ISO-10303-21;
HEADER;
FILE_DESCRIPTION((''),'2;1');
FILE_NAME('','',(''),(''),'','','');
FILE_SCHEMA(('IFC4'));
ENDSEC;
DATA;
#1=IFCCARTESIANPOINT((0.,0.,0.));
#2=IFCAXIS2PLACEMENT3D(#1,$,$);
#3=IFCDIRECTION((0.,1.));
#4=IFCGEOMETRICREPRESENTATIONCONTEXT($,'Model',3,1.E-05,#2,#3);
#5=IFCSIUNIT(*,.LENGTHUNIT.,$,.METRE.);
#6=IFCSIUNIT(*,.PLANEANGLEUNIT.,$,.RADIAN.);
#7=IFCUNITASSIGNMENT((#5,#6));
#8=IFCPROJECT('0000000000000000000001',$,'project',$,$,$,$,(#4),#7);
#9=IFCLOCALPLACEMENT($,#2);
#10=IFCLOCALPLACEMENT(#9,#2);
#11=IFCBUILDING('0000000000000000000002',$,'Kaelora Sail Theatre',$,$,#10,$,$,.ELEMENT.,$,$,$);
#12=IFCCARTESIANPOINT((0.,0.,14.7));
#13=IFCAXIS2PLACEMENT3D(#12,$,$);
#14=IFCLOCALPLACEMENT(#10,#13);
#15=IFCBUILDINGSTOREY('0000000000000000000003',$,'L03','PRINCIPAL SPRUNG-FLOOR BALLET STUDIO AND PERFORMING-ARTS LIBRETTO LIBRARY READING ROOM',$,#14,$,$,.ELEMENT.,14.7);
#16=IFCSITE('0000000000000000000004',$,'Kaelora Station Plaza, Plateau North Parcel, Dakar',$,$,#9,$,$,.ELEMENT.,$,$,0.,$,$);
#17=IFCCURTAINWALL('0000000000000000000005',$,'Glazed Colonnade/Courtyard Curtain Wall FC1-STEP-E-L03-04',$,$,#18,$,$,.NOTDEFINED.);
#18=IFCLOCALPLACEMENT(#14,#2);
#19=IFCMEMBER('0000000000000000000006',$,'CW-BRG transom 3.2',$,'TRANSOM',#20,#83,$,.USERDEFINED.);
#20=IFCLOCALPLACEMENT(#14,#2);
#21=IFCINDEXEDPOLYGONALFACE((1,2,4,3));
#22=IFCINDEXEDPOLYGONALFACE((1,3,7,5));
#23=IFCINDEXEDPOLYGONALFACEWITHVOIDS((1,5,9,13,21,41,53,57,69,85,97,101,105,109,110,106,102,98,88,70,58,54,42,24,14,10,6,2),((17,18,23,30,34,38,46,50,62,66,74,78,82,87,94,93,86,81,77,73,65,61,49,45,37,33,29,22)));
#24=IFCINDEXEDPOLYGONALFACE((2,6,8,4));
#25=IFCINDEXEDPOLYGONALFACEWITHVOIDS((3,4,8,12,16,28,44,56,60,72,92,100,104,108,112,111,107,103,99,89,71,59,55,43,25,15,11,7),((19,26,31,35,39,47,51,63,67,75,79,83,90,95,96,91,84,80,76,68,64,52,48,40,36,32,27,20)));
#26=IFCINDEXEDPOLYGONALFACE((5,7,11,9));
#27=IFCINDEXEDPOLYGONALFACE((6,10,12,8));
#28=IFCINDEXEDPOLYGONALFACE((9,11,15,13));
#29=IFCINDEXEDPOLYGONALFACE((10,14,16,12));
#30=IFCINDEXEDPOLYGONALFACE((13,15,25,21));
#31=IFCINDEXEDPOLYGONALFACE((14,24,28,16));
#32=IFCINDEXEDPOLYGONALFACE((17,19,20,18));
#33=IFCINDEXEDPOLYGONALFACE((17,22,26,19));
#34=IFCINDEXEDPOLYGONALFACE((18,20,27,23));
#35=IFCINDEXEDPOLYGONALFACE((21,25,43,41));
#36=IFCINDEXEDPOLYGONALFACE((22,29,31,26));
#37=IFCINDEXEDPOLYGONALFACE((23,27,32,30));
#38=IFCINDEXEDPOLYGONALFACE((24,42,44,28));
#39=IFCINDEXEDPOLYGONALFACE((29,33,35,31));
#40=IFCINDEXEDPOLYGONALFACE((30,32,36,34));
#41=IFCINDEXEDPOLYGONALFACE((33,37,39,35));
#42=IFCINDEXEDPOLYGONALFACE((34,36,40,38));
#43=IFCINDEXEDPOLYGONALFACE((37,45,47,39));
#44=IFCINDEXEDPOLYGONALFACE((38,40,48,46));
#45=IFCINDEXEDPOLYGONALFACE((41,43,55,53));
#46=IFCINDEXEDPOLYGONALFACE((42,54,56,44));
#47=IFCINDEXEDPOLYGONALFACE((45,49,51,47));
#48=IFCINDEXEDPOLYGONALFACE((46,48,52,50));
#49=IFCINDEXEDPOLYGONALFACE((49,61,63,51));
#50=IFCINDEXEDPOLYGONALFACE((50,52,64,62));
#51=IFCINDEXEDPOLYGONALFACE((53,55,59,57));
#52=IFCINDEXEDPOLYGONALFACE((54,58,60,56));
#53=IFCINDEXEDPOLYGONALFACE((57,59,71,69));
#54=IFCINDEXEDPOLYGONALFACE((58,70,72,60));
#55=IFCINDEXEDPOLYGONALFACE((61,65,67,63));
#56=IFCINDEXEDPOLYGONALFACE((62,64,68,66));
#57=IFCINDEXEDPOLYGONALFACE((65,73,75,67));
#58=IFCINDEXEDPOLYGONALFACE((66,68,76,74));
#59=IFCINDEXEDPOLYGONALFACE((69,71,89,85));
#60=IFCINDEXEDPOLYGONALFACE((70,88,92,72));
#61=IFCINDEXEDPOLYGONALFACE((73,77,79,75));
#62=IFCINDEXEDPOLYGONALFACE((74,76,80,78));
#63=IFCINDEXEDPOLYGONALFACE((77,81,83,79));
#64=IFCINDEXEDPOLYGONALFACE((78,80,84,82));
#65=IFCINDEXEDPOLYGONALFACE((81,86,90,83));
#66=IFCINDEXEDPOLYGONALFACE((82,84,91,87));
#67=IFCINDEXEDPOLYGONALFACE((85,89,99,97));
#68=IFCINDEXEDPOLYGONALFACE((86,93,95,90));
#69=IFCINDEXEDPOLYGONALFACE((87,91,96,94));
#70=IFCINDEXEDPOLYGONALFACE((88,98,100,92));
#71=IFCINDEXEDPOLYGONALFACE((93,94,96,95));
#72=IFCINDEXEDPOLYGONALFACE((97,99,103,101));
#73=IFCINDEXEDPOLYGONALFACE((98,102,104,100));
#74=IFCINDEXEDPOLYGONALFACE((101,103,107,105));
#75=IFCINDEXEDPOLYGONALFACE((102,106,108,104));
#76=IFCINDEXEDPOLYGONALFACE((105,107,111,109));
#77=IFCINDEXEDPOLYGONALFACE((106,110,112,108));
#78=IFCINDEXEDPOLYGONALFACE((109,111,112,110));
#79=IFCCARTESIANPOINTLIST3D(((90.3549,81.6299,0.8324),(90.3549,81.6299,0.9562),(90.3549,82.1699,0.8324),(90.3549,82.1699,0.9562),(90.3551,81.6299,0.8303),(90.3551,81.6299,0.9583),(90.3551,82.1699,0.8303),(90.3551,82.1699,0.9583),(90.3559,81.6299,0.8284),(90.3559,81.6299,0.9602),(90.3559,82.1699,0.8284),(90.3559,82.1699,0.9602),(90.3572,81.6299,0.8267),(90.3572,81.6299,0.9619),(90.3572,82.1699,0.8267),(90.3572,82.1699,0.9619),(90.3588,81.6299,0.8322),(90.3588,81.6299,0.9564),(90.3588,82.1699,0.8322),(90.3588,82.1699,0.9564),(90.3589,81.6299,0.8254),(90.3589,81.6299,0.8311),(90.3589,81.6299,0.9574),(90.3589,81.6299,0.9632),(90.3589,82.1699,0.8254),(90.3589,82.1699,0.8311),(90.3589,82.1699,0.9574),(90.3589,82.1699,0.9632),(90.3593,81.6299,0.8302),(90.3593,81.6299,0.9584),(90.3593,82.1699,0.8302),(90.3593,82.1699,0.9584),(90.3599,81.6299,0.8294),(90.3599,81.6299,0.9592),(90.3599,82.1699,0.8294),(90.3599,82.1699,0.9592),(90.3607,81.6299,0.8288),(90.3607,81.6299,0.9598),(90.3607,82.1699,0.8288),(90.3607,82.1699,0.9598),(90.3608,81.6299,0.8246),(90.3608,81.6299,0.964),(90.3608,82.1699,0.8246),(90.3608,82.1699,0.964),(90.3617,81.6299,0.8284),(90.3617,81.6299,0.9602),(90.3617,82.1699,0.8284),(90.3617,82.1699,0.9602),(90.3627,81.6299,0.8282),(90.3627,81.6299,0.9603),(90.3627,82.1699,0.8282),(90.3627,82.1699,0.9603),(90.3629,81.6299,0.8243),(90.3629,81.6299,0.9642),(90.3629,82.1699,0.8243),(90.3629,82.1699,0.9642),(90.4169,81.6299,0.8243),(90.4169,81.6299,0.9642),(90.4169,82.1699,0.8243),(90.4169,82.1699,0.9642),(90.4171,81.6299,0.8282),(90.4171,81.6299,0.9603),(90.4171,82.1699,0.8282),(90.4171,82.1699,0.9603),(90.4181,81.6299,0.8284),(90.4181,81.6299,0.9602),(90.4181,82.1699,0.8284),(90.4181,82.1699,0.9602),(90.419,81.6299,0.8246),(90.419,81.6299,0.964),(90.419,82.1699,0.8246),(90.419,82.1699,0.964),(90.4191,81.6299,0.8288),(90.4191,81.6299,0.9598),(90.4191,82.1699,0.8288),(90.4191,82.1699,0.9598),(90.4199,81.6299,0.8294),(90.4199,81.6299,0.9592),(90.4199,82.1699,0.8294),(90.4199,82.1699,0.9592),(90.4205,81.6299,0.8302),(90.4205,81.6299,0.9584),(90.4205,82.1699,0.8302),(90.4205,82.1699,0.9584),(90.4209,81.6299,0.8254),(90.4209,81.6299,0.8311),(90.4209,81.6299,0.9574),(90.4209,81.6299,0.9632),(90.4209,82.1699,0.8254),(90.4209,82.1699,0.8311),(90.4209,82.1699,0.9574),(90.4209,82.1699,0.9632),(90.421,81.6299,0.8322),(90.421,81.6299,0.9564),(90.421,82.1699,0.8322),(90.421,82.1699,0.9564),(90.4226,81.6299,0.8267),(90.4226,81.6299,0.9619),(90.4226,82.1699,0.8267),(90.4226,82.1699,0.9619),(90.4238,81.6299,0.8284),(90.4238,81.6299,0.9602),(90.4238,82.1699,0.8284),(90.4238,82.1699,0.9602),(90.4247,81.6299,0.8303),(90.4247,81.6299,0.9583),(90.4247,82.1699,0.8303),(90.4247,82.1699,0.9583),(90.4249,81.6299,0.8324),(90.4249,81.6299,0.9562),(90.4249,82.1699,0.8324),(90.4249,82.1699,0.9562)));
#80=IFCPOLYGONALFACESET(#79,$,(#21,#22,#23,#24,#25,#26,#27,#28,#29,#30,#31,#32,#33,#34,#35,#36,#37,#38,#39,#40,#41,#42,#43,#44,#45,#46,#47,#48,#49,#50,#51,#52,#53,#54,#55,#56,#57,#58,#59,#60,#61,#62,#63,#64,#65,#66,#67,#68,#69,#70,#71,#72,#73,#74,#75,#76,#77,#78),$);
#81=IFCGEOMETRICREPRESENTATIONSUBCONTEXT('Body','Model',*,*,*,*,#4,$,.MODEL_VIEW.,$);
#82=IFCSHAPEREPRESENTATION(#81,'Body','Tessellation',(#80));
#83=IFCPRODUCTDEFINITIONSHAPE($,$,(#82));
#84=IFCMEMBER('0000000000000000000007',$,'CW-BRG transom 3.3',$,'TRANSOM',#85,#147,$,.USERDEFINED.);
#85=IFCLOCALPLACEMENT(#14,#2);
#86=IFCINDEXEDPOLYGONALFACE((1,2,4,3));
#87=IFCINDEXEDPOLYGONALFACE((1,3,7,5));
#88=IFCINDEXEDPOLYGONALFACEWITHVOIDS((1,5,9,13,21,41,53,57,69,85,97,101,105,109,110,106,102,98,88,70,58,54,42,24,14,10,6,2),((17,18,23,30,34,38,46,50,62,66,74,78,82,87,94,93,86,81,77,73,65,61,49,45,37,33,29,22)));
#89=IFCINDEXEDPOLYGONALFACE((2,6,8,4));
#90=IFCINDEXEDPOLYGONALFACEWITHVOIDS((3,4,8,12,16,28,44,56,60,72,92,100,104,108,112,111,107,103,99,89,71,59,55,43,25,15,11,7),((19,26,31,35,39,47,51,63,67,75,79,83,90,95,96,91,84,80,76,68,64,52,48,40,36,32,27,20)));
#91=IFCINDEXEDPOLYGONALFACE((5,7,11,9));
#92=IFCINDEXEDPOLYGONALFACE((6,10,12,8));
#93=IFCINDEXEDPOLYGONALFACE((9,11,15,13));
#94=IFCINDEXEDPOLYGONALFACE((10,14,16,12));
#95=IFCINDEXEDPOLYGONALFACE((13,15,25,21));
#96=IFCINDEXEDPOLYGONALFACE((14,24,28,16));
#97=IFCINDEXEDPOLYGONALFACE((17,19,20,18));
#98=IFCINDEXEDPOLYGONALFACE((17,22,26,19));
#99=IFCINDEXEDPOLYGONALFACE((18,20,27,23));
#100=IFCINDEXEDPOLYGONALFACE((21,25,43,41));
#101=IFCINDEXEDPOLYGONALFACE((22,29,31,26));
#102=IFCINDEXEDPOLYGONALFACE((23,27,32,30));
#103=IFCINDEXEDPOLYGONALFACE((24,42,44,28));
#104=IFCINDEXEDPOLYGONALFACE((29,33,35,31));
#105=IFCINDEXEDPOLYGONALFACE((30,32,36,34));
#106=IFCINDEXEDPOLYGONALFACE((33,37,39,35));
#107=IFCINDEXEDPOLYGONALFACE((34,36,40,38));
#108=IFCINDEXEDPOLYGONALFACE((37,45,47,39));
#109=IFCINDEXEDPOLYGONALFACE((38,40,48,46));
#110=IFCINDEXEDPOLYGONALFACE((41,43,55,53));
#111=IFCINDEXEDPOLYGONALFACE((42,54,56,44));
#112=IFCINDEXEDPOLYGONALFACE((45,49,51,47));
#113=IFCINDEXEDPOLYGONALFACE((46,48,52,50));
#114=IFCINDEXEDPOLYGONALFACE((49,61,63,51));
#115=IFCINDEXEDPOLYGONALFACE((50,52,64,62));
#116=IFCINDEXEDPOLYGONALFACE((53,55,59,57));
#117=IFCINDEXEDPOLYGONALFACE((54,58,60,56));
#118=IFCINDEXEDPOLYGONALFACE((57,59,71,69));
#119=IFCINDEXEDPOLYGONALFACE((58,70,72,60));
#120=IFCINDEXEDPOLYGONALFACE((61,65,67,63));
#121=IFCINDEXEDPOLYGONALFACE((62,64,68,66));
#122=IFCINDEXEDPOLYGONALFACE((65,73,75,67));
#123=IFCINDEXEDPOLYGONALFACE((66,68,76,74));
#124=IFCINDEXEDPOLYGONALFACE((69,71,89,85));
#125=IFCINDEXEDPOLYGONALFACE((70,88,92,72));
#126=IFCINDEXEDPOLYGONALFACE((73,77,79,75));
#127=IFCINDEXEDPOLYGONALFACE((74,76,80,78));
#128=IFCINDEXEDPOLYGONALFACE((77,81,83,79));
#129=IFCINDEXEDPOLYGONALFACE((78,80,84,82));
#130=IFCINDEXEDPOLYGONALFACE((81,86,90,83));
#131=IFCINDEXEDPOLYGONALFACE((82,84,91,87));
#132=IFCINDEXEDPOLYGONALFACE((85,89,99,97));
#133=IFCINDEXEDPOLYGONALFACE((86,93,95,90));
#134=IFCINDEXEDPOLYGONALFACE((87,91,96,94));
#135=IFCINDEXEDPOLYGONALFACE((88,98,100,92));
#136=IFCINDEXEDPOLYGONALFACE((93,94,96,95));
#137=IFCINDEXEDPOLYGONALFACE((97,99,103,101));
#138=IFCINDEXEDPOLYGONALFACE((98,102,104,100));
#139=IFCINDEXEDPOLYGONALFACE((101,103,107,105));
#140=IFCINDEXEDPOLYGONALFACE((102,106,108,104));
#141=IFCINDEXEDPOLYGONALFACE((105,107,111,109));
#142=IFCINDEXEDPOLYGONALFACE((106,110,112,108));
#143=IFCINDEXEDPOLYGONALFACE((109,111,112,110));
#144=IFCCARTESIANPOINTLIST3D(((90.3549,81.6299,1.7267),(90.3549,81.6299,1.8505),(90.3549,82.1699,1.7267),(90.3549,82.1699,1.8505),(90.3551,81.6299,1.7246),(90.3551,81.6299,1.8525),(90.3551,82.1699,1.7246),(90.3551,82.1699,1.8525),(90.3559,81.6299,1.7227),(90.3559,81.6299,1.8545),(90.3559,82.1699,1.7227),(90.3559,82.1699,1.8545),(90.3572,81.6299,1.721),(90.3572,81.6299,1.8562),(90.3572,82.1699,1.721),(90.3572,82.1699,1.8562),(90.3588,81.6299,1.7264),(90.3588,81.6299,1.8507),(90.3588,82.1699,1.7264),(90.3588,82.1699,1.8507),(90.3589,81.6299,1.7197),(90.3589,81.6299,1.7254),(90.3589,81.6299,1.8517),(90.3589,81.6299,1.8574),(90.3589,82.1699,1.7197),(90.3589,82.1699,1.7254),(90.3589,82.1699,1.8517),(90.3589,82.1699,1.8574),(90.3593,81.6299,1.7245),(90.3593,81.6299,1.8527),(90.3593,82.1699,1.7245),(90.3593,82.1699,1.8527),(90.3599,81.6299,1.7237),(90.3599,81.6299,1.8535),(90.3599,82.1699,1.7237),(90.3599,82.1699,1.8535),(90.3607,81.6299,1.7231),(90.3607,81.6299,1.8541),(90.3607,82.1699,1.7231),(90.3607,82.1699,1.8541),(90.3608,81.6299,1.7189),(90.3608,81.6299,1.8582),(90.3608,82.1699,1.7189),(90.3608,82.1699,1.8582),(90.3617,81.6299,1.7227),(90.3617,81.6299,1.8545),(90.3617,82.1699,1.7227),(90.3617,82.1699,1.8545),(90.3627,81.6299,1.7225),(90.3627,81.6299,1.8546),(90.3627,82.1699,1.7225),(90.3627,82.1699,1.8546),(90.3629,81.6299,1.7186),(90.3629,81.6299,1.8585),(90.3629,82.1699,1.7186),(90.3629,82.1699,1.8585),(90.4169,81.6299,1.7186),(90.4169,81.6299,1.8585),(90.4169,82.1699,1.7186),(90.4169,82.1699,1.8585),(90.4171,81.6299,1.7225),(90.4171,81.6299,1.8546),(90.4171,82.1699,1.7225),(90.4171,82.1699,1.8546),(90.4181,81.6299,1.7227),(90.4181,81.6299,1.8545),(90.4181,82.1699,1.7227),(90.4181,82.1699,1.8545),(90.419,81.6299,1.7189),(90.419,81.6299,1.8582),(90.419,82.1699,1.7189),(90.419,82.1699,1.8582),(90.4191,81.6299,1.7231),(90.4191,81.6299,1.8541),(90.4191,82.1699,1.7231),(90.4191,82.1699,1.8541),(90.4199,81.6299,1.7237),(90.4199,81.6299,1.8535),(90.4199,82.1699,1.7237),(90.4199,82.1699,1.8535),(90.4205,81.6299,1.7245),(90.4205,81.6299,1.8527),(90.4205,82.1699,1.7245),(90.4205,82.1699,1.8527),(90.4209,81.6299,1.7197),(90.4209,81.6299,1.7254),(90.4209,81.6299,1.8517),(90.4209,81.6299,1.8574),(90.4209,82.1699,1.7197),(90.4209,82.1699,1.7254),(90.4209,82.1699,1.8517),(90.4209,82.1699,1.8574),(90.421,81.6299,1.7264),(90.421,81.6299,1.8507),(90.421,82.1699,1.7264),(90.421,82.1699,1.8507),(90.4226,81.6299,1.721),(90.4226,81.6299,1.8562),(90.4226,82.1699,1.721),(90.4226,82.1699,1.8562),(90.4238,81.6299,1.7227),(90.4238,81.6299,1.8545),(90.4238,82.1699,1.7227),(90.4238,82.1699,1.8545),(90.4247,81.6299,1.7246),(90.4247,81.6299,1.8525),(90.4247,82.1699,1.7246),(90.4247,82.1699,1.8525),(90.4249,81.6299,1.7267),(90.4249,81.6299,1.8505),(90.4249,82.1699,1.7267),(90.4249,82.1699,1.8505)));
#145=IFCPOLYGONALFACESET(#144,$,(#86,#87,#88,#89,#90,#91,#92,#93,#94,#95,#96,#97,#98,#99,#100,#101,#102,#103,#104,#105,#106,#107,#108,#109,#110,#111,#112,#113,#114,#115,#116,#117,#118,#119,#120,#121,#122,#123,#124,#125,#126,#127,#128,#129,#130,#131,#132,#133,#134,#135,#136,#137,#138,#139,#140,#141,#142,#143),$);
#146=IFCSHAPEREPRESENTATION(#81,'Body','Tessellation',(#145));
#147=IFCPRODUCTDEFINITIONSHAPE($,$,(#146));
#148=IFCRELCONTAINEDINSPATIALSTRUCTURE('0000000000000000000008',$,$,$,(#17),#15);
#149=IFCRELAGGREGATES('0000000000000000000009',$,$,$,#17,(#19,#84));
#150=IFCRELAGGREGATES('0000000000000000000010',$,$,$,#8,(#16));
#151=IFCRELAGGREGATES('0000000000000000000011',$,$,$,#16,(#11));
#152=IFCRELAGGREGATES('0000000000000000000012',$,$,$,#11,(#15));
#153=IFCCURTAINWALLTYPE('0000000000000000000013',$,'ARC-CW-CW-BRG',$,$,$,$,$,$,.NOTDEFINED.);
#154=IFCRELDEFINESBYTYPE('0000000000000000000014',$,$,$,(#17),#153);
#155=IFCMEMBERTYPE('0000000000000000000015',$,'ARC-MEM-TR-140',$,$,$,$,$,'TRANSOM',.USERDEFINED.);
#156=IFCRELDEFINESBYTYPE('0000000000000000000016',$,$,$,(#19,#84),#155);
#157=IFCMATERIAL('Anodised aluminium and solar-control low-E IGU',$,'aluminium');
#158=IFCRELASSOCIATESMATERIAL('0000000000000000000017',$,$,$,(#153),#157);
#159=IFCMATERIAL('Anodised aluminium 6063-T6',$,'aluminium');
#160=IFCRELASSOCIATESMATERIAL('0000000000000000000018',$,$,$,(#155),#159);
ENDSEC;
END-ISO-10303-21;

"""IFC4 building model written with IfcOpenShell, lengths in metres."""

from ifc_helpers import new_model, si_unit, direction, frame, origin, origin_2d, place, context, subcontext, project, spatial, hollow_rectangle, extrude, material, material_profile, profile_set, type_object, element, aggregate, save


model = new_model("IFC4")

# Units and contexts
model_context = context("Model", 3, precision=1e-05, world=origin(), true_north=direction((0.0, 1.0)))
body_context = subcontext(model_context, "Body", "Model", "MODEL_VIEW")
ifc_project = project(units=[si_unit("LENGTHUNIT", "METRE"), si_unit("PLANEANGLEUNIT", "RADIAN")], contexts=[model_context])

# Site, building, storey
site_placement = place(None, origin())
site = spatial("IfcSite", under=ifc_project, at=site_placement, Name="Kaelora Station Plaza, Plateau North Parcel, Dakar", CompositionType="ELEMENT", RefElevation=0.0)
building_placement = place(site_placement, origin())
building = spatial("IfcBuilding", under=site, at=building_placement, Name="Kaelora Sail Theatre", CompositionType="ELEMENT")
storey_placement = place(building_placement, frame((0.0, 0.0, 14.7)))
storey = spatial("IfcBuildingStorey", under=building, at=storey_placement, Name="L03", Description="PRINCIPAL SPRUNG-FLOOR BALLET STUDIO AND PERFORMING-ARTS LIBRETTO LIBRARY READING ROOM", CompositionType="ELEMENT", Elevation=14.7)

# Curtain wall, members
ifc_material_1 = material(Name="Anodised aluminium and solar-control low-E IGU", Category="aluminium")
curtain_wall_type = type_object("IfcCurtainWallType", Name="ARC-CW-CW-BRG", PredefinedType="NOTDEFINED", material=ifc_material_1)
curtain_wall_placement = place(storey_placement, origin())
curtain_wall = element("IfcCurtainWall", 1, at=curtain_wall_placement, inside=storey, type_object=curtain_wall_type, Name="Glazed Colonnade/Courtyard Curtain Wall FC1-STEP-E-L03-04", PredefinedType="NOTDEFINED")
ifc_material_2 = material(Name="Anodised aluminium 6063-T6", Category="aluminium")
ifc_material_profile_1 = material_profile(ifc_material_2, hollow_rectangle(XDim=0.0701, YDim=0.1399, WallThickness=0.0039, InnerFilletRadius=0.0039, OuterFilletRadius=0.0081, at=origin_2d()), Name="ALU-TRAN 70x140x4")
ifc_profile_set_1 = profile_set([ifc_material_profile_1], Name="Anodised aluminium 6063-T6")
member_type_1 = type_object("IfcMemberType", Name="ARC-MEM-TR-140", ElementType="TRANSOM", PredefinedType="USERDEFINED", material=ifc_profile_set_1)
member_1_placement = place(storey_placement, frame((90.3899, 81.6299, 0.8943), z_axis=(0.0, 1.0, 0.0), x_axis=(-1.0, 0.0, 0.0)))
member_1 = element("IfcMember", 2, at=member_1_placement, type_object=member_type_1, Name="CW-BRG transom 3.2", ObjectType="TRANSOM", PredefinedType="USERDEFINED", context=body_context, shape_type="SweptSolid", body=[
    extrude(hollow_rectangle(XDim=0.0701, YDim=0.1399, WallThickness=0.0039, InnerFilletRadius=0.0039, OuterFilletRadius=0.0081, at=origin_2d()), origin(), (0.0, 0.0, 1.0), 0.54),
])
member_2_placement = place(storey_placement, frame((90.3899, 81.6299, 1.7886), z_axis=(0.0, 1.0, 0.0), x_axis=(-1.0, 0.0, 0.0)))
member_2 = element("IfcMember", 3, at=member_2_placement, type_object=member_type_1, Name="CW-BRG transom 3.3", ObjectType="TRANSOM", PredefinedType="USERDEFINED", context=body_context, shape_type="SweptSolid", body=[
    extrude(hollow_rectangle(XDim=0.0701, YDim=0.1399, WallThickness=0.0039, InnerFilletRadius=0.0039, OuterFilletRadius=0.0081, at=origin_2d()), origin(), (0.0, 0.0, 1.0), 0.54),
])

aggregate(curtain_wall, [member_1, member_2])

save(model, "model.ifc")
